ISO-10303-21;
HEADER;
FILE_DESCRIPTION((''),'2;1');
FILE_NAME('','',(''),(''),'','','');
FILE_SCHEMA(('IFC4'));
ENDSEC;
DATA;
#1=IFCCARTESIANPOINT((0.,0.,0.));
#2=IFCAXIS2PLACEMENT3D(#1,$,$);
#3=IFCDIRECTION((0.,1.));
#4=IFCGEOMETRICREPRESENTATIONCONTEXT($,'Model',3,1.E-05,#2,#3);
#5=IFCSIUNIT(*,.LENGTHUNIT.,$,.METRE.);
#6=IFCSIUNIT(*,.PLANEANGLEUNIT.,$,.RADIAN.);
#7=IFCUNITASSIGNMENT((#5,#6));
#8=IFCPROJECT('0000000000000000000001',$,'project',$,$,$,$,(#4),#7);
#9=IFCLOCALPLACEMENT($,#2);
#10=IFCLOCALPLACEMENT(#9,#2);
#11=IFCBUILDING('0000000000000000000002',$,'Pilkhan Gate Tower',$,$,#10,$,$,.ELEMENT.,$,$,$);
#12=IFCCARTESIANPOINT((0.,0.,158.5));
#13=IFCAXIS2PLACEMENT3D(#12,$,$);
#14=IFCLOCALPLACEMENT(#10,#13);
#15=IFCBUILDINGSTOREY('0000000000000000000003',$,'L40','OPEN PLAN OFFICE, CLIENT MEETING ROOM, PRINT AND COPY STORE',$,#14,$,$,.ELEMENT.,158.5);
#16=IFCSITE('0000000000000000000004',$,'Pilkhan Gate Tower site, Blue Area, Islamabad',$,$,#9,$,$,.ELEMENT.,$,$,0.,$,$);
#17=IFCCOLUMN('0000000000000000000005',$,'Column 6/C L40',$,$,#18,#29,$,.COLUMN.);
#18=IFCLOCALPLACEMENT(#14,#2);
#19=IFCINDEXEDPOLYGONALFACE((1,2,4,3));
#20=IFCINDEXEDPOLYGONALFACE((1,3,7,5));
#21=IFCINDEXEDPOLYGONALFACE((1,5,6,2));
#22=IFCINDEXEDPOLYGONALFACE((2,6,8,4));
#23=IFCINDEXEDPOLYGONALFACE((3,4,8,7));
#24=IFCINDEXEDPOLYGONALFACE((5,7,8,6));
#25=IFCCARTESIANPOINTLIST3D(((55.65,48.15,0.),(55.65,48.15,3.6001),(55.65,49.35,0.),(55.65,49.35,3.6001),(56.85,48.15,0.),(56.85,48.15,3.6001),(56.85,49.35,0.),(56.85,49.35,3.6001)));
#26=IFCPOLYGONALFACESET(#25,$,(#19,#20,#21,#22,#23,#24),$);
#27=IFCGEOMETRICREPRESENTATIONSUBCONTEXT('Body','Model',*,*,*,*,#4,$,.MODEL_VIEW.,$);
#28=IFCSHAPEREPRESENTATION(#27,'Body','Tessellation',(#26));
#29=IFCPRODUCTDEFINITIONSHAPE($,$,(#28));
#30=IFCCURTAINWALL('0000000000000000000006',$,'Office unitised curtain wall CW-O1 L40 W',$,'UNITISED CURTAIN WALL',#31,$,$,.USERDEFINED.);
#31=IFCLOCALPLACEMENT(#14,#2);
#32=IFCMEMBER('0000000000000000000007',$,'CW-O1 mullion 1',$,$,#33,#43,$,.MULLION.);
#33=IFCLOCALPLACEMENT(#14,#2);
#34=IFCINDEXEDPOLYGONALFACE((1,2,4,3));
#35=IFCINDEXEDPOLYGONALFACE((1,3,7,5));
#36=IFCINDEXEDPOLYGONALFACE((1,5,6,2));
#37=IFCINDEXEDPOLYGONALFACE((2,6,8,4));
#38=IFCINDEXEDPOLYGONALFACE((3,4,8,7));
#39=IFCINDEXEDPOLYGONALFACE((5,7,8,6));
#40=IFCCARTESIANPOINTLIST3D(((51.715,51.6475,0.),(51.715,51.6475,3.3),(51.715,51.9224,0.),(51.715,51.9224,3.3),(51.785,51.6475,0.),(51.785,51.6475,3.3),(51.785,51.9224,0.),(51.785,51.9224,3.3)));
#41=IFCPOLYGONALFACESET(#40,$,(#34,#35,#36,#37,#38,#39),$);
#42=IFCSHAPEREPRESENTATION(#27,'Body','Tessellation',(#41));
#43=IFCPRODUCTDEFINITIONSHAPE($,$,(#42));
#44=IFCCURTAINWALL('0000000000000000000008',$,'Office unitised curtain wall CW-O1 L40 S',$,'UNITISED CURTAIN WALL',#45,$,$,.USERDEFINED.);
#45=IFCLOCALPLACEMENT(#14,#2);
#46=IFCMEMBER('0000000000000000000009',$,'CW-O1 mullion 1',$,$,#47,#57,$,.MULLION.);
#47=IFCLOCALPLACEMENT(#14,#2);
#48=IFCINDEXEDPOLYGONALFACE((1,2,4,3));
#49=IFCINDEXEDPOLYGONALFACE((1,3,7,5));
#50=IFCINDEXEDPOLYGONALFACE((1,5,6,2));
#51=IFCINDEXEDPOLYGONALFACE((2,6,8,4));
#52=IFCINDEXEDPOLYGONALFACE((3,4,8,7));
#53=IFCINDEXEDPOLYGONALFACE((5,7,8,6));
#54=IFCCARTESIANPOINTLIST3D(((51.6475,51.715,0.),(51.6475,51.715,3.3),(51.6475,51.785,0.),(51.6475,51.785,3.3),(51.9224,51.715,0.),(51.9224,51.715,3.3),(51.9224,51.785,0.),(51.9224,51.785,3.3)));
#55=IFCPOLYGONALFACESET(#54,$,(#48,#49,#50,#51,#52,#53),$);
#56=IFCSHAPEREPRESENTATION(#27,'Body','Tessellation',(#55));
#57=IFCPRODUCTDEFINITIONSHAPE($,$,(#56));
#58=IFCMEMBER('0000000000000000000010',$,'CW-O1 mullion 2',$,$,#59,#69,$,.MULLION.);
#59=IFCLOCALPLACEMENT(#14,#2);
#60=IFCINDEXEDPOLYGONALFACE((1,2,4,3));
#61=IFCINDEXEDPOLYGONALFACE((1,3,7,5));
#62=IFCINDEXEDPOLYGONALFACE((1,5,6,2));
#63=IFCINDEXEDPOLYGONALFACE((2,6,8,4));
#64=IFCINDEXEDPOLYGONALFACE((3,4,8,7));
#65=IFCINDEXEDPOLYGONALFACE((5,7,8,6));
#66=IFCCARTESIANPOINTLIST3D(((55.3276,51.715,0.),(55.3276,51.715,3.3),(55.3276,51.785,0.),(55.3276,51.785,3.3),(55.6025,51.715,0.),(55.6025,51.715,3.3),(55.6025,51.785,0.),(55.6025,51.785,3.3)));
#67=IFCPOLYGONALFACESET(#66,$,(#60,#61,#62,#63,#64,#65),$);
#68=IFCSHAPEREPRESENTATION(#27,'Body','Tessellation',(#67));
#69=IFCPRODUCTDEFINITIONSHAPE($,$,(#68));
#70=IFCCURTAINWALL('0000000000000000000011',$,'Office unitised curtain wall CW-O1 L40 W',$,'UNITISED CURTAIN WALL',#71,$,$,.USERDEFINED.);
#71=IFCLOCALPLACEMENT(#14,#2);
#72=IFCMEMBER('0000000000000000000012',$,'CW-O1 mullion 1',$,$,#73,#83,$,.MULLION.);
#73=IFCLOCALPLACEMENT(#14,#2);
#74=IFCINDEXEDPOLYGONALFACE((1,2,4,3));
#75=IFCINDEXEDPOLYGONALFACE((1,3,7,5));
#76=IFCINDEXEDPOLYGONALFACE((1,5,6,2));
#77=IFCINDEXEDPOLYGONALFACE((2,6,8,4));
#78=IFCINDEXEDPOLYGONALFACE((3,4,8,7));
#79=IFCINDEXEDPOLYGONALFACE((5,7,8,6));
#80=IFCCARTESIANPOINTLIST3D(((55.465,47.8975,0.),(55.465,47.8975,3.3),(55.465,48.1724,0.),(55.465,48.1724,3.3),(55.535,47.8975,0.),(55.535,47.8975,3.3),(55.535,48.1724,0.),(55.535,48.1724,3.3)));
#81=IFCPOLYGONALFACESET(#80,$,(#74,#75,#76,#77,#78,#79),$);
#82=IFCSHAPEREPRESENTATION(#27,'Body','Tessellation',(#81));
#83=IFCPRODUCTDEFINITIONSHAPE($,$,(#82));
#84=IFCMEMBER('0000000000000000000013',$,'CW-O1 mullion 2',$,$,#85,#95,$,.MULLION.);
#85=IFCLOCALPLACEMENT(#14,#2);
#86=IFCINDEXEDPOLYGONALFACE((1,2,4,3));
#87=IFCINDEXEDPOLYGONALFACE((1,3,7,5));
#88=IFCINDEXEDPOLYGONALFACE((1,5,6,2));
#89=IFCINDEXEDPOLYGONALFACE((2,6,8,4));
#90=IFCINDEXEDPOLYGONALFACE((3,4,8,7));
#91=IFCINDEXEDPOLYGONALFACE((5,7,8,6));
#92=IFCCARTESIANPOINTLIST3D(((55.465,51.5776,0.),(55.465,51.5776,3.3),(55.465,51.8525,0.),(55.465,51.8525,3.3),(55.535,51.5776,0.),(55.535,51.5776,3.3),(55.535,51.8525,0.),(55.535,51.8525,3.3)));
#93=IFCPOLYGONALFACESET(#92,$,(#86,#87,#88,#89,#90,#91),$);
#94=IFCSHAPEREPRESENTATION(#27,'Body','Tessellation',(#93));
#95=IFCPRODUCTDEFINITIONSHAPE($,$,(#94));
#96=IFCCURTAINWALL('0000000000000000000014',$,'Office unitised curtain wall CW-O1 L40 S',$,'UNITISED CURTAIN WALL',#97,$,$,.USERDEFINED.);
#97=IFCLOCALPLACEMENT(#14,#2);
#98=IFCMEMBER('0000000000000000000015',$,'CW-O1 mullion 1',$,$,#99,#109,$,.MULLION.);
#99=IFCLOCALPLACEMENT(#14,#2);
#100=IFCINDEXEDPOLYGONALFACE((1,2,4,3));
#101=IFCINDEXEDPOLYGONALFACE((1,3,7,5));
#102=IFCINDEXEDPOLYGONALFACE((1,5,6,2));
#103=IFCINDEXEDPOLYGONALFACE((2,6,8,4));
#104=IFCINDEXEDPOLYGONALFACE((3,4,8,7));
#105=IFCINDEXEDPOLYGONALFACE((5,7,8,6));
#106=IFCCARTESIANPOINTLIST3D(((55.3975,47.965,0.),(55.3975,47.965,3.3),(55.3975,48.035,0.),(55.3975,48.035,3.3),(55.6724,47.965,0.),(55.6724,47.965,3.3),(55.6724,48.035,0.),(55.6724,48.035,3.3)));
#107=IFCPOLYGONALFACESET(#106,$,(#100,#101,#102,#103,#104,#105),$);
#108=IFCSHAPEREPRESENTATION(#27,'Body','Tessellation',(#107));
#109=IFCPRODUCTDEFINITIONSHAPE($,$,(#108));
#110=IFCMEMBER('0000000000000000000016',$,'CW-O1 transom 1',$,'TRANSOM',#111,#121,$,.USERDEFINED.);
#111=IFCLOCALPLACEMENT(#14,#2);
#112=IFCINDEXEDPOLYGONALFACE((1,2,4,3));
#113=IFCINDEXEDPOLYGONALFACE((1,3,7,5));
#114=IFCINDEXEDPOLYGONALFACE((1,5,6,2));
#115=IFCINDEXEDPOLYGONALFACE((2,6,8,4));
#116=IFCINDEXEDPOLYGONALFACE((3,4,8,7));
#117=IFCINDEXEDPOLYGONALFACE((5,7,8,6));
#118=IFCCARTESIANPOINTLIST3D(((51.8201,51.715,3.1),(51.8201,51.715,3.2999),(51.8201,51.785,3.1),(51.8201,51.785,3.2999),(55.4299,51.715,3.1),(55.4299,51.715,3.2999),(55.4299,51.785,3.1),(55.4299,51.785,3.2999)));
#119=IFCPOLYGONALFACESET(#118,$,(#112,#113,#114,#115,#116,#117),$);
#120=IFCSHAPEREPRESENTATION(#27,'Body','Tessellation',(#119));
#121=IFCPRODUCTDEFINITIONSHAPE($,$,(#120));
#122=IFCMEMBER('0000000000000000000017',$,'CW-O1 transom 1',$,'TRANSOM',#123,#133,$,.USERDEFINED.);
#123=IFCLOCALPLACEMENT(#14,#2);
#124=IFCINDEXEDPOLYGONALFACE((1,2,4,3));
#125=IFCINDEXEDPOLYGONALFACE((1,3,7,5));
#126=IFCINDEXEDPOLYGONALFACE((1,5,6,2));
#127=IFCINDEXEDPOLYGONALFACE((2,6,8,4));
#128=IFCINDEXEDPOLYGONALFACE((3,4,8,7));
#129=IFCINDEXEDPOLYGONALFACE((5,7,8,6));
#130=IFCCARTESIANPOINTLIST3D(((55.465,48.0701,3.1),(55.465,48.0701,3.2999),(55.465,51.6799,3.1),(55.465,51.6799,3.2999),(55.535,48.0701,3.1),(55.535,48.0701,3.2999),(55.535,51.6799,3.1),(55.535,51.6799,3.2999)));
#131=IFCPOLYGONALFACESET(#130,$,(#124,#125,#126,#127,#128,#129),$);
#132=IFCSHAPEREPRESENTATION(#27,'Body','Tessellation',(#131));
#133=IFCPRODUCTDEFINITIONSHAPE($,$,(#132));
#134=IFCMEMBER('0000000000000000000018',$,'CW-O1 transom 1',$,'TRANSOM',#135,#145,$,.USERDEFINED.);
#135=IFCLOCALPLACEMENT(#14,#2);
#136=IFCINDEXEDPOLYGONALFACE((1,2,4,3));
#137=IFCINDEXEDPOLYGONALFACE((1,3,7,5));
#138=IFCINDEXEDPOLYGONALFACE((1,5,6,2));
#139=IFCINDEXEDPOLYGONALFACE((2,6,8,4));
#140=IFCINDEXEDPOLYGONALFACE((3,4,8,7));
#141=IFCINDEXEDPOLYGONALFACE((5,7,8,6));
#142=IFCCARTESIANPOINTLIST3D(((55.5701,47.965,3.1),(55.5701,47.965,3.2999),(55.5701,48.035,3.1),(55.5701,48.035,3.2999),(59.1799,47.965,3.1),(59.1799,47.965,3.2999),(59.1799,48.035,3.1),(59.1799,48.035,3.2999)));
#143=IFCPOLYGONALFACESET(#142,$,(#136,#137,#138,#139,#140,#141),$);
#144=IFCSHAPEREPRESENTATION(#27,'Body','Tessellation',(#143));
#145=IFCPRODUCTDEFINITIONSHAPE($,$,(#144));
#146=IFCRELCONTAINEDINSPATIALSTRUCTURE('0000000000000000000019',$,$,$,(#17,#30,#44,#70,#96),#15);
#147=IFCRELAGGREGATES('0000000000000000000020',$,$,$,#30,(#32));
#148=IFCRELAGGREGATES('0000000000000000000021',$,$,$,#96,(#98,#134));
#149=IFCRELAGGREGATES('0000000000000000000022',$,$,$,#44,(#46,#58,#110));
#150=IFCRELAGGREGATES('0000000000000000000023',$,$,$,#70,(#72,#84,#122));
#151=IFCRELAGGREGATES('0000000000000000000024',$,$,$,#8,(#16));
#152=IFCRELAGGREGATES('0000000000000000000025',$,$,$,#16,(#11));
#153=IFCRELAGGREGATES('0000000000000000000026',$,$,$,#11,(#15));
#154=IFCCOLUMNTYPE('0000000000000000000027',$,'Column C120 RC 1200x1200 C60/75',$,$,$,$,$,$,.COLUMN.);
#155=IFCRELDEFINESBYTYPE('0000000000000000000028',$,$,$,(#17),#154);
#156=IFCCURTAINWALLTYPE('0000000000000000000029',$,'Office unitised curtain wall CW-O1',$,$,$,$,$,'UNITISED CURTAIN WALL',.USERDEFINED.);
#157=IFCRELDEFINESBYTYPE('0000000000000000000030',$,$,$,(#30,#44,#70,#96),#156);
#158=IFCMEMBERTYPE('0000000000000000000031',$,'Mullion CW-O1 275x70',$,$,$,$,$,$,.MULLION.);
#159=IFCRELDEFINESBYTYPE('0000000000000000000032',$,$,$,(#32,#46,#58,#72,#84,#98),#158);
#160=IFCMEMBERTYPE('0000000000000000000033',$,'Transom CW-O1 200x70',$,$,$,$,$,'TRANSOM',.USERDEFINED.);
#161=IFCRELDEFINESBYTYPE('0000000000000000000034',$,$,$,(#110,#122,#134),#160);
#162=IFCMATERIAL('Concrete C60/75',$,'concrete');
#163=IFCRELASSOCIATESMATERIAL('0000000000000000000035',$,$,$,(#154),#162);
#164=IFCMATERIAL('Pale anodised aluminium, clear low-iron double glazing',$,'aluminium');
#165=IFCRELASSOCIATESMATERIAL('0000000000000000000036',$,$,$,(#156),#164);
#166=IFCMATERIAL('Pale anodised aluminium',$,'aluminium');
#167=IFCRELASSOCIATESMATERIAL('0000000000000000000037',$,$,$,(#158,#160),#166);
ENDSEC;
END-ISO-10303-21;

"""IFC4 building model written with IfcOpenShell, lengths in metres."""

from ifc_helpers import new_model, si_unit, direction, frame, origin, origin_2d, place, context, subcontext, project, spatial, rectangle, extrude, material, material_profile, profile_set, type_object, element, aggregate, save


model = new_model("IFC4")

# Units and contexts
model_context = context("Model", 3, precision=1e-05, world=origin(), true_north=direction((0.0, 1.0)))
body_context = subcontext(model_context, "Body", "Model", "MODEL_VIEW")
ifc_project = project(units=[si_unit("LENGTHUNIT", "METRE"), si_unit("PLANEANGLEUNIT", "RADIAN")], contexts=[model_context])

# Site, building, storey
site_placement = place(None, origin())
site = spatial("IfcSite", under=ifc_project, at=site_placement, Name="Pilkhan Gate Tower site, Blue Area, Islamabad", CompositionType="ELEMENT", RefElevation=0.0)
building_placement = place(site_placement, origin())
building = spatial("IfcBuilding", under=site, at=building_placement, Name="Pilkhan Gate Tower", CompositionType="ELEMENT")
storey_placement = place(building_placement, frame((0.0, 0.0, 158.5)))
storey = spatial("IfcBuildingStorey", under=building, at=storey_placement, Name="L40", Description="OPEN PLAN OFFICE, CLIENT MEETING ROOM, PRINT AND COPY STORE", CompositionType="ELEMENT", Elevation=158.5)

# Column
ifc_material_1 = material(Name="Concrete C60/75", Category="concrete")
ifc_material_profile_1 = material_profile(ifc_material_1, rectangle(XDim=1.2, YDim=1.2, at=origin_2d()), Name="RC 1200x1200")
ifc_profile_set_1 = profile_set([ifc_material_profile_1], Name="Concrete C60/75")
column_type = type_object("IfcColumnType", Name="Column C120 RC 1200x1200 C60/75", PredefinedType="COLUMN", material=ifc_profile_set_1)
column_placement = place(storey_placement, frame((56.25, 48.75, 0.0), z_axis=(0.0, 0.0, 1.0), x_axis=(1.0, 0.0, 0.0)))
element("IfcColumn", 1, at=column_placement, inside=storey, type_object=column_type, Name="Column 6/C L40", PredefinedType="COLUMN", context=body_context, shape_type="SweptSolid", body=[
    extrude(rectangle(XDim=1.2, YDim=1.2, at=origin_2d()), origin(), (0.0, 0.0, 1.0), 3.6001),
])

# Curtain wall, member
ifc_material_2 = material(Name="Pale anodised aluminium, clear low-iron double glazing", Category="aluminium")
curtain_wall_type = type_object("IfcCurtainWallType", Name="Office unitised curtain wall CW-O1", ElementType="UNITISED CURTAIN WALL", PredefinedType="USERDEFINED", material=ifc_material_2)
curtain_wall_1_placement = place(storey_placement, origin())
curtain_wall_1 = element("IfcCurtainWall", 2, at=curtain_wall_1_placement, inside=storey, type_object=curtain_wall_type, Name="Office unitised curtain wall CW-O1 L40 W", ObjectType="UNITISED CURTAIN WALL", PredefinedType="USERDEFINED")
ifc_material_3 = material(Name="Pale anodised aluminium", Category="aluminium")
ifc_material_profile_2 = material_profile(ifc_material_3, rectangle(XDim=0.0701, YDim=0.2749, at=origin_2d()), Name="Mullion 275x70")
ifc_profile_set_2 = profile_set([ifc_material_profile_2], Name="Pale anodised aluminium")
member_type_1 = type_object("IfcMemberType", Name="Mullion CW-O1 275x70", PredefinedType="MULLION", material=ifc_profile_set_2)
member_1_placement = place(storey_placement, frame((51.75, 51.7849, 0.0), z_axis=(0.0, 0.0, 1.0), x_axis=(-1.0, 0.0, 0.0)))
member_1 = element("IfcMember", 3, at=member_1_placement, type_object=member_type_1, Name="CW-O1 mullion 1", PredefinedType="MULLION", context=body_context, shape_type="SweptSolid", body=[
    extrude(rectangle(XDim=0.0701, YDim=0.2749, at=origin_2d()), origin(), (0.0, 0.0, 1.0), 3.3),
])
aggregate(curtain_wall_1, [member_1])

# Curtain walls, members
curtain_wall_2_placement = place(storey_placement, origin())
curtain_wall_2 = element("IfcCurtainWall", 4, at=curtain_wall_2_placement, inside=storey, type_object=curtain_wall_type, Name="Office unitised curtain wall CW-O1 L40 S", ObjectType="UNITISED CURTAIN WALL", PredefinedType="USERDEFINED")
member_2_placement = place(storey_placement, frame((51.7849, 51.75, 0.0), z_axis=(0.0, 0.0, 1.0), x_axis=(0.0, 1.0, 0.0)))
member_2 = element("IfcMember", 5, at=member_2_placement, type_object=member_type_1, Name="CW-O1 mullion 1", PredefinedType="MULLION", context=body_context, shape_type="SweptSolid", body=[
    extrude(rectangle(XDim=0.0701, YDim=0.2749, at=origin_2d()), origin(), (0.0, 0.0, 1.0), 3.3),
])
member_3_placement = place(storey_placement, frame((55.4651, 51.75, 0.0), z_axis=(0.0, 0.0, 1.0), x_axis=(0.0, 1.0, 0.0)))
member_3 = element("IfcMember", 6, at=member_3_placement, type_object=member_type_1, Name="CW-O1 mullion 2", PredefinedType="MULLION", context=body_context, shape_type="SweptSolid", body=[
    extrude(rectangle(XDim=0.0701, YDim=0.2749, at=origin_2d()), origin(), (0.0, 0.0, 1.0), 3.3),
])
curtain_wall_3_placement = place(storey_placement, origin())
curtain_wall_3 = element("IfcCurtainWall", 7, at=curtain_wall_3_placement, inside=storey, type_object=curtain_wall_type, Name="Office unitised curtain wall CW-O1 L40 W", ObjectType="UNITISED CURTAIN WALL", PredefinedType="USERDEFINED")
member_4_placement = place(storey_placement, frame((55.5, 48.0349, 0.0), z_axis=(0.0, 0.0, 1.0), x_axis=(-1.0, 0.0, 0.0)))
member_4 = element("IfcMember", 8, at=member_4_placement, type_object=member_type_1, Name="CW-O1 mullion 1", PredefinedType="MULLION", context=body_context, shape_type="SweptSolid", body=[
    extrude(rectangle(XDim=0.0701, YDim=0.2749, at=origin_2d()), origin(), (0.0, 0.0, 1.0), 3.3),
])
member_5_placement = place(storey_placement, frame((55.5, 51.7151, 0.0), z_axis=(0.0, 0.0, 1.0), x_axis=(-1.0, 0.0, 0.0)))
member_5 = element("IfcMember", 9, at=member_5_placement, type_object=member_type_1, Name="CW-O1 mullion 2", PredefinedType="MULLION", context=body_context, shape_type="SweptSolid", body=[
    extrude(rectangle(XDim=0.0701, YDim=0.2749, at=origin_2d()), origin(), (0.0, 0.0, 1.0), 3.3),
])

# Curtain wall, member
curtain_wall_4_placement = place(storey_placement, origin())
curtain_wall_4 = element("IfcCurtainWall", 10, at=curtain_wall_4_placement, inside=storey, type_object=curtain_wall_type, Name="Office unitised curtain wall CW-O1 L40 S", ObjectType="UNITISED CURTAIN WALL", PredefinedType="USERDEFINED")
member_6_placement = place(storey_placement, frame((55.5349, 48.0, 0.0), z_axis=(0.0, 0.0, 1.0), x_axis=(0.0, 1.0, 0.0)))
member_6 = element("IfcMember", 11, at=member_6_placement, type_object=member_type_1, Name="CW-O1 mullion 1", PredefinedType="MULLION", context=body_context, shape_type="SweptSolid", body=[
    extrude(rectangle(XDim=0.0701, YDim=0.2749, at=origin_2d()), origin(), (0.0, 0.0, 1.0), 3.3),
])

# Members
ifc_material_profile_3 = material_profile(ifc_material_3, rectangle(XDim=0.0701, YDim=0.2, at=origin_2d()), Name="Transom 200x70")
ifc_profile_set_3 = profile_set([ifc_material_profile_3], Name="Pale anodised aluminium")
member_type_2 = type_object("IfcMemberType", Name="Transom CW-O1 200x70", ElementType="TRANSOM", PredefinedType="USERDEFINED", material=ifc_profile_set_3)
member_7_placement = place(storey_placement, frame((51.8201, 51.75, 3.2), z_axis=(1.0, 0.0, 0.0), x_axis=(0.0, 1.0, 0.0)))
member_7 = element("IfcMember", 12, at=member_7_placement, type_object=member_type_2, Name="CW-O1 transom 1", ObjectType="TRANSOM", PredefinedType="USERDEFINED", context=body_context, shape_type="SweptSolid", body=[
    extrude(rectangle(XDim=0.0701, YDim=0.2, at=origin_2d()), origin(), (0.0, 0.0, 1.0), 3.6099),
])
member_8_placement = place(storey_placement, frame((55.5, 48.0701, 3.2), z_axis=(0.0, 1.0, 0.0), x_axis=(-1.0, 0.0, 0.0)))
member_8 = element("IfcMember", 13, at=member_8_placement, type_object=member_type_2, Name="CW-O1 transom 1", ObjectType="TRANSOM", PredefinedType="USERDEFINED", context=body_context, shape_type="SweptSolid", body=[
    extrude(rectangle(XDim=0.0701, YDim=0.2, at=origin_2d()), origin(), (0.0, 0.0, 1.0), 3.6099),
])
member_9_placement = place(storey_placement, frame((55.5701, 48.0, 3.2), z_axis=(1.0, 0.0, 0.0), x_axis=(0.0, 1.0, 0.0)))
member_9 = element("IfcMember", 14, at=member_9_placement, type_object=member_type_2, Name="CW-O1 transom 1", ObjectType="TRANSOM", PredefinedType="USERDEFINED", context=body_context, shape_type="SweptSolid", body=[
    extrude(rectangle(XDim=0.0701, YDim=0.2, at=origin_2d()), origin(), (0.0, 0.0, 1.0), 3.6099),
])
aggregate(curtain_wall_4, [member_6, member_9])

aggregate(curtain_wall_2, [member_2, member_3, member_7])
aggregate(curtain_wall_3, [member_4, member_5, member_8])

save(model, "model.ifc")
